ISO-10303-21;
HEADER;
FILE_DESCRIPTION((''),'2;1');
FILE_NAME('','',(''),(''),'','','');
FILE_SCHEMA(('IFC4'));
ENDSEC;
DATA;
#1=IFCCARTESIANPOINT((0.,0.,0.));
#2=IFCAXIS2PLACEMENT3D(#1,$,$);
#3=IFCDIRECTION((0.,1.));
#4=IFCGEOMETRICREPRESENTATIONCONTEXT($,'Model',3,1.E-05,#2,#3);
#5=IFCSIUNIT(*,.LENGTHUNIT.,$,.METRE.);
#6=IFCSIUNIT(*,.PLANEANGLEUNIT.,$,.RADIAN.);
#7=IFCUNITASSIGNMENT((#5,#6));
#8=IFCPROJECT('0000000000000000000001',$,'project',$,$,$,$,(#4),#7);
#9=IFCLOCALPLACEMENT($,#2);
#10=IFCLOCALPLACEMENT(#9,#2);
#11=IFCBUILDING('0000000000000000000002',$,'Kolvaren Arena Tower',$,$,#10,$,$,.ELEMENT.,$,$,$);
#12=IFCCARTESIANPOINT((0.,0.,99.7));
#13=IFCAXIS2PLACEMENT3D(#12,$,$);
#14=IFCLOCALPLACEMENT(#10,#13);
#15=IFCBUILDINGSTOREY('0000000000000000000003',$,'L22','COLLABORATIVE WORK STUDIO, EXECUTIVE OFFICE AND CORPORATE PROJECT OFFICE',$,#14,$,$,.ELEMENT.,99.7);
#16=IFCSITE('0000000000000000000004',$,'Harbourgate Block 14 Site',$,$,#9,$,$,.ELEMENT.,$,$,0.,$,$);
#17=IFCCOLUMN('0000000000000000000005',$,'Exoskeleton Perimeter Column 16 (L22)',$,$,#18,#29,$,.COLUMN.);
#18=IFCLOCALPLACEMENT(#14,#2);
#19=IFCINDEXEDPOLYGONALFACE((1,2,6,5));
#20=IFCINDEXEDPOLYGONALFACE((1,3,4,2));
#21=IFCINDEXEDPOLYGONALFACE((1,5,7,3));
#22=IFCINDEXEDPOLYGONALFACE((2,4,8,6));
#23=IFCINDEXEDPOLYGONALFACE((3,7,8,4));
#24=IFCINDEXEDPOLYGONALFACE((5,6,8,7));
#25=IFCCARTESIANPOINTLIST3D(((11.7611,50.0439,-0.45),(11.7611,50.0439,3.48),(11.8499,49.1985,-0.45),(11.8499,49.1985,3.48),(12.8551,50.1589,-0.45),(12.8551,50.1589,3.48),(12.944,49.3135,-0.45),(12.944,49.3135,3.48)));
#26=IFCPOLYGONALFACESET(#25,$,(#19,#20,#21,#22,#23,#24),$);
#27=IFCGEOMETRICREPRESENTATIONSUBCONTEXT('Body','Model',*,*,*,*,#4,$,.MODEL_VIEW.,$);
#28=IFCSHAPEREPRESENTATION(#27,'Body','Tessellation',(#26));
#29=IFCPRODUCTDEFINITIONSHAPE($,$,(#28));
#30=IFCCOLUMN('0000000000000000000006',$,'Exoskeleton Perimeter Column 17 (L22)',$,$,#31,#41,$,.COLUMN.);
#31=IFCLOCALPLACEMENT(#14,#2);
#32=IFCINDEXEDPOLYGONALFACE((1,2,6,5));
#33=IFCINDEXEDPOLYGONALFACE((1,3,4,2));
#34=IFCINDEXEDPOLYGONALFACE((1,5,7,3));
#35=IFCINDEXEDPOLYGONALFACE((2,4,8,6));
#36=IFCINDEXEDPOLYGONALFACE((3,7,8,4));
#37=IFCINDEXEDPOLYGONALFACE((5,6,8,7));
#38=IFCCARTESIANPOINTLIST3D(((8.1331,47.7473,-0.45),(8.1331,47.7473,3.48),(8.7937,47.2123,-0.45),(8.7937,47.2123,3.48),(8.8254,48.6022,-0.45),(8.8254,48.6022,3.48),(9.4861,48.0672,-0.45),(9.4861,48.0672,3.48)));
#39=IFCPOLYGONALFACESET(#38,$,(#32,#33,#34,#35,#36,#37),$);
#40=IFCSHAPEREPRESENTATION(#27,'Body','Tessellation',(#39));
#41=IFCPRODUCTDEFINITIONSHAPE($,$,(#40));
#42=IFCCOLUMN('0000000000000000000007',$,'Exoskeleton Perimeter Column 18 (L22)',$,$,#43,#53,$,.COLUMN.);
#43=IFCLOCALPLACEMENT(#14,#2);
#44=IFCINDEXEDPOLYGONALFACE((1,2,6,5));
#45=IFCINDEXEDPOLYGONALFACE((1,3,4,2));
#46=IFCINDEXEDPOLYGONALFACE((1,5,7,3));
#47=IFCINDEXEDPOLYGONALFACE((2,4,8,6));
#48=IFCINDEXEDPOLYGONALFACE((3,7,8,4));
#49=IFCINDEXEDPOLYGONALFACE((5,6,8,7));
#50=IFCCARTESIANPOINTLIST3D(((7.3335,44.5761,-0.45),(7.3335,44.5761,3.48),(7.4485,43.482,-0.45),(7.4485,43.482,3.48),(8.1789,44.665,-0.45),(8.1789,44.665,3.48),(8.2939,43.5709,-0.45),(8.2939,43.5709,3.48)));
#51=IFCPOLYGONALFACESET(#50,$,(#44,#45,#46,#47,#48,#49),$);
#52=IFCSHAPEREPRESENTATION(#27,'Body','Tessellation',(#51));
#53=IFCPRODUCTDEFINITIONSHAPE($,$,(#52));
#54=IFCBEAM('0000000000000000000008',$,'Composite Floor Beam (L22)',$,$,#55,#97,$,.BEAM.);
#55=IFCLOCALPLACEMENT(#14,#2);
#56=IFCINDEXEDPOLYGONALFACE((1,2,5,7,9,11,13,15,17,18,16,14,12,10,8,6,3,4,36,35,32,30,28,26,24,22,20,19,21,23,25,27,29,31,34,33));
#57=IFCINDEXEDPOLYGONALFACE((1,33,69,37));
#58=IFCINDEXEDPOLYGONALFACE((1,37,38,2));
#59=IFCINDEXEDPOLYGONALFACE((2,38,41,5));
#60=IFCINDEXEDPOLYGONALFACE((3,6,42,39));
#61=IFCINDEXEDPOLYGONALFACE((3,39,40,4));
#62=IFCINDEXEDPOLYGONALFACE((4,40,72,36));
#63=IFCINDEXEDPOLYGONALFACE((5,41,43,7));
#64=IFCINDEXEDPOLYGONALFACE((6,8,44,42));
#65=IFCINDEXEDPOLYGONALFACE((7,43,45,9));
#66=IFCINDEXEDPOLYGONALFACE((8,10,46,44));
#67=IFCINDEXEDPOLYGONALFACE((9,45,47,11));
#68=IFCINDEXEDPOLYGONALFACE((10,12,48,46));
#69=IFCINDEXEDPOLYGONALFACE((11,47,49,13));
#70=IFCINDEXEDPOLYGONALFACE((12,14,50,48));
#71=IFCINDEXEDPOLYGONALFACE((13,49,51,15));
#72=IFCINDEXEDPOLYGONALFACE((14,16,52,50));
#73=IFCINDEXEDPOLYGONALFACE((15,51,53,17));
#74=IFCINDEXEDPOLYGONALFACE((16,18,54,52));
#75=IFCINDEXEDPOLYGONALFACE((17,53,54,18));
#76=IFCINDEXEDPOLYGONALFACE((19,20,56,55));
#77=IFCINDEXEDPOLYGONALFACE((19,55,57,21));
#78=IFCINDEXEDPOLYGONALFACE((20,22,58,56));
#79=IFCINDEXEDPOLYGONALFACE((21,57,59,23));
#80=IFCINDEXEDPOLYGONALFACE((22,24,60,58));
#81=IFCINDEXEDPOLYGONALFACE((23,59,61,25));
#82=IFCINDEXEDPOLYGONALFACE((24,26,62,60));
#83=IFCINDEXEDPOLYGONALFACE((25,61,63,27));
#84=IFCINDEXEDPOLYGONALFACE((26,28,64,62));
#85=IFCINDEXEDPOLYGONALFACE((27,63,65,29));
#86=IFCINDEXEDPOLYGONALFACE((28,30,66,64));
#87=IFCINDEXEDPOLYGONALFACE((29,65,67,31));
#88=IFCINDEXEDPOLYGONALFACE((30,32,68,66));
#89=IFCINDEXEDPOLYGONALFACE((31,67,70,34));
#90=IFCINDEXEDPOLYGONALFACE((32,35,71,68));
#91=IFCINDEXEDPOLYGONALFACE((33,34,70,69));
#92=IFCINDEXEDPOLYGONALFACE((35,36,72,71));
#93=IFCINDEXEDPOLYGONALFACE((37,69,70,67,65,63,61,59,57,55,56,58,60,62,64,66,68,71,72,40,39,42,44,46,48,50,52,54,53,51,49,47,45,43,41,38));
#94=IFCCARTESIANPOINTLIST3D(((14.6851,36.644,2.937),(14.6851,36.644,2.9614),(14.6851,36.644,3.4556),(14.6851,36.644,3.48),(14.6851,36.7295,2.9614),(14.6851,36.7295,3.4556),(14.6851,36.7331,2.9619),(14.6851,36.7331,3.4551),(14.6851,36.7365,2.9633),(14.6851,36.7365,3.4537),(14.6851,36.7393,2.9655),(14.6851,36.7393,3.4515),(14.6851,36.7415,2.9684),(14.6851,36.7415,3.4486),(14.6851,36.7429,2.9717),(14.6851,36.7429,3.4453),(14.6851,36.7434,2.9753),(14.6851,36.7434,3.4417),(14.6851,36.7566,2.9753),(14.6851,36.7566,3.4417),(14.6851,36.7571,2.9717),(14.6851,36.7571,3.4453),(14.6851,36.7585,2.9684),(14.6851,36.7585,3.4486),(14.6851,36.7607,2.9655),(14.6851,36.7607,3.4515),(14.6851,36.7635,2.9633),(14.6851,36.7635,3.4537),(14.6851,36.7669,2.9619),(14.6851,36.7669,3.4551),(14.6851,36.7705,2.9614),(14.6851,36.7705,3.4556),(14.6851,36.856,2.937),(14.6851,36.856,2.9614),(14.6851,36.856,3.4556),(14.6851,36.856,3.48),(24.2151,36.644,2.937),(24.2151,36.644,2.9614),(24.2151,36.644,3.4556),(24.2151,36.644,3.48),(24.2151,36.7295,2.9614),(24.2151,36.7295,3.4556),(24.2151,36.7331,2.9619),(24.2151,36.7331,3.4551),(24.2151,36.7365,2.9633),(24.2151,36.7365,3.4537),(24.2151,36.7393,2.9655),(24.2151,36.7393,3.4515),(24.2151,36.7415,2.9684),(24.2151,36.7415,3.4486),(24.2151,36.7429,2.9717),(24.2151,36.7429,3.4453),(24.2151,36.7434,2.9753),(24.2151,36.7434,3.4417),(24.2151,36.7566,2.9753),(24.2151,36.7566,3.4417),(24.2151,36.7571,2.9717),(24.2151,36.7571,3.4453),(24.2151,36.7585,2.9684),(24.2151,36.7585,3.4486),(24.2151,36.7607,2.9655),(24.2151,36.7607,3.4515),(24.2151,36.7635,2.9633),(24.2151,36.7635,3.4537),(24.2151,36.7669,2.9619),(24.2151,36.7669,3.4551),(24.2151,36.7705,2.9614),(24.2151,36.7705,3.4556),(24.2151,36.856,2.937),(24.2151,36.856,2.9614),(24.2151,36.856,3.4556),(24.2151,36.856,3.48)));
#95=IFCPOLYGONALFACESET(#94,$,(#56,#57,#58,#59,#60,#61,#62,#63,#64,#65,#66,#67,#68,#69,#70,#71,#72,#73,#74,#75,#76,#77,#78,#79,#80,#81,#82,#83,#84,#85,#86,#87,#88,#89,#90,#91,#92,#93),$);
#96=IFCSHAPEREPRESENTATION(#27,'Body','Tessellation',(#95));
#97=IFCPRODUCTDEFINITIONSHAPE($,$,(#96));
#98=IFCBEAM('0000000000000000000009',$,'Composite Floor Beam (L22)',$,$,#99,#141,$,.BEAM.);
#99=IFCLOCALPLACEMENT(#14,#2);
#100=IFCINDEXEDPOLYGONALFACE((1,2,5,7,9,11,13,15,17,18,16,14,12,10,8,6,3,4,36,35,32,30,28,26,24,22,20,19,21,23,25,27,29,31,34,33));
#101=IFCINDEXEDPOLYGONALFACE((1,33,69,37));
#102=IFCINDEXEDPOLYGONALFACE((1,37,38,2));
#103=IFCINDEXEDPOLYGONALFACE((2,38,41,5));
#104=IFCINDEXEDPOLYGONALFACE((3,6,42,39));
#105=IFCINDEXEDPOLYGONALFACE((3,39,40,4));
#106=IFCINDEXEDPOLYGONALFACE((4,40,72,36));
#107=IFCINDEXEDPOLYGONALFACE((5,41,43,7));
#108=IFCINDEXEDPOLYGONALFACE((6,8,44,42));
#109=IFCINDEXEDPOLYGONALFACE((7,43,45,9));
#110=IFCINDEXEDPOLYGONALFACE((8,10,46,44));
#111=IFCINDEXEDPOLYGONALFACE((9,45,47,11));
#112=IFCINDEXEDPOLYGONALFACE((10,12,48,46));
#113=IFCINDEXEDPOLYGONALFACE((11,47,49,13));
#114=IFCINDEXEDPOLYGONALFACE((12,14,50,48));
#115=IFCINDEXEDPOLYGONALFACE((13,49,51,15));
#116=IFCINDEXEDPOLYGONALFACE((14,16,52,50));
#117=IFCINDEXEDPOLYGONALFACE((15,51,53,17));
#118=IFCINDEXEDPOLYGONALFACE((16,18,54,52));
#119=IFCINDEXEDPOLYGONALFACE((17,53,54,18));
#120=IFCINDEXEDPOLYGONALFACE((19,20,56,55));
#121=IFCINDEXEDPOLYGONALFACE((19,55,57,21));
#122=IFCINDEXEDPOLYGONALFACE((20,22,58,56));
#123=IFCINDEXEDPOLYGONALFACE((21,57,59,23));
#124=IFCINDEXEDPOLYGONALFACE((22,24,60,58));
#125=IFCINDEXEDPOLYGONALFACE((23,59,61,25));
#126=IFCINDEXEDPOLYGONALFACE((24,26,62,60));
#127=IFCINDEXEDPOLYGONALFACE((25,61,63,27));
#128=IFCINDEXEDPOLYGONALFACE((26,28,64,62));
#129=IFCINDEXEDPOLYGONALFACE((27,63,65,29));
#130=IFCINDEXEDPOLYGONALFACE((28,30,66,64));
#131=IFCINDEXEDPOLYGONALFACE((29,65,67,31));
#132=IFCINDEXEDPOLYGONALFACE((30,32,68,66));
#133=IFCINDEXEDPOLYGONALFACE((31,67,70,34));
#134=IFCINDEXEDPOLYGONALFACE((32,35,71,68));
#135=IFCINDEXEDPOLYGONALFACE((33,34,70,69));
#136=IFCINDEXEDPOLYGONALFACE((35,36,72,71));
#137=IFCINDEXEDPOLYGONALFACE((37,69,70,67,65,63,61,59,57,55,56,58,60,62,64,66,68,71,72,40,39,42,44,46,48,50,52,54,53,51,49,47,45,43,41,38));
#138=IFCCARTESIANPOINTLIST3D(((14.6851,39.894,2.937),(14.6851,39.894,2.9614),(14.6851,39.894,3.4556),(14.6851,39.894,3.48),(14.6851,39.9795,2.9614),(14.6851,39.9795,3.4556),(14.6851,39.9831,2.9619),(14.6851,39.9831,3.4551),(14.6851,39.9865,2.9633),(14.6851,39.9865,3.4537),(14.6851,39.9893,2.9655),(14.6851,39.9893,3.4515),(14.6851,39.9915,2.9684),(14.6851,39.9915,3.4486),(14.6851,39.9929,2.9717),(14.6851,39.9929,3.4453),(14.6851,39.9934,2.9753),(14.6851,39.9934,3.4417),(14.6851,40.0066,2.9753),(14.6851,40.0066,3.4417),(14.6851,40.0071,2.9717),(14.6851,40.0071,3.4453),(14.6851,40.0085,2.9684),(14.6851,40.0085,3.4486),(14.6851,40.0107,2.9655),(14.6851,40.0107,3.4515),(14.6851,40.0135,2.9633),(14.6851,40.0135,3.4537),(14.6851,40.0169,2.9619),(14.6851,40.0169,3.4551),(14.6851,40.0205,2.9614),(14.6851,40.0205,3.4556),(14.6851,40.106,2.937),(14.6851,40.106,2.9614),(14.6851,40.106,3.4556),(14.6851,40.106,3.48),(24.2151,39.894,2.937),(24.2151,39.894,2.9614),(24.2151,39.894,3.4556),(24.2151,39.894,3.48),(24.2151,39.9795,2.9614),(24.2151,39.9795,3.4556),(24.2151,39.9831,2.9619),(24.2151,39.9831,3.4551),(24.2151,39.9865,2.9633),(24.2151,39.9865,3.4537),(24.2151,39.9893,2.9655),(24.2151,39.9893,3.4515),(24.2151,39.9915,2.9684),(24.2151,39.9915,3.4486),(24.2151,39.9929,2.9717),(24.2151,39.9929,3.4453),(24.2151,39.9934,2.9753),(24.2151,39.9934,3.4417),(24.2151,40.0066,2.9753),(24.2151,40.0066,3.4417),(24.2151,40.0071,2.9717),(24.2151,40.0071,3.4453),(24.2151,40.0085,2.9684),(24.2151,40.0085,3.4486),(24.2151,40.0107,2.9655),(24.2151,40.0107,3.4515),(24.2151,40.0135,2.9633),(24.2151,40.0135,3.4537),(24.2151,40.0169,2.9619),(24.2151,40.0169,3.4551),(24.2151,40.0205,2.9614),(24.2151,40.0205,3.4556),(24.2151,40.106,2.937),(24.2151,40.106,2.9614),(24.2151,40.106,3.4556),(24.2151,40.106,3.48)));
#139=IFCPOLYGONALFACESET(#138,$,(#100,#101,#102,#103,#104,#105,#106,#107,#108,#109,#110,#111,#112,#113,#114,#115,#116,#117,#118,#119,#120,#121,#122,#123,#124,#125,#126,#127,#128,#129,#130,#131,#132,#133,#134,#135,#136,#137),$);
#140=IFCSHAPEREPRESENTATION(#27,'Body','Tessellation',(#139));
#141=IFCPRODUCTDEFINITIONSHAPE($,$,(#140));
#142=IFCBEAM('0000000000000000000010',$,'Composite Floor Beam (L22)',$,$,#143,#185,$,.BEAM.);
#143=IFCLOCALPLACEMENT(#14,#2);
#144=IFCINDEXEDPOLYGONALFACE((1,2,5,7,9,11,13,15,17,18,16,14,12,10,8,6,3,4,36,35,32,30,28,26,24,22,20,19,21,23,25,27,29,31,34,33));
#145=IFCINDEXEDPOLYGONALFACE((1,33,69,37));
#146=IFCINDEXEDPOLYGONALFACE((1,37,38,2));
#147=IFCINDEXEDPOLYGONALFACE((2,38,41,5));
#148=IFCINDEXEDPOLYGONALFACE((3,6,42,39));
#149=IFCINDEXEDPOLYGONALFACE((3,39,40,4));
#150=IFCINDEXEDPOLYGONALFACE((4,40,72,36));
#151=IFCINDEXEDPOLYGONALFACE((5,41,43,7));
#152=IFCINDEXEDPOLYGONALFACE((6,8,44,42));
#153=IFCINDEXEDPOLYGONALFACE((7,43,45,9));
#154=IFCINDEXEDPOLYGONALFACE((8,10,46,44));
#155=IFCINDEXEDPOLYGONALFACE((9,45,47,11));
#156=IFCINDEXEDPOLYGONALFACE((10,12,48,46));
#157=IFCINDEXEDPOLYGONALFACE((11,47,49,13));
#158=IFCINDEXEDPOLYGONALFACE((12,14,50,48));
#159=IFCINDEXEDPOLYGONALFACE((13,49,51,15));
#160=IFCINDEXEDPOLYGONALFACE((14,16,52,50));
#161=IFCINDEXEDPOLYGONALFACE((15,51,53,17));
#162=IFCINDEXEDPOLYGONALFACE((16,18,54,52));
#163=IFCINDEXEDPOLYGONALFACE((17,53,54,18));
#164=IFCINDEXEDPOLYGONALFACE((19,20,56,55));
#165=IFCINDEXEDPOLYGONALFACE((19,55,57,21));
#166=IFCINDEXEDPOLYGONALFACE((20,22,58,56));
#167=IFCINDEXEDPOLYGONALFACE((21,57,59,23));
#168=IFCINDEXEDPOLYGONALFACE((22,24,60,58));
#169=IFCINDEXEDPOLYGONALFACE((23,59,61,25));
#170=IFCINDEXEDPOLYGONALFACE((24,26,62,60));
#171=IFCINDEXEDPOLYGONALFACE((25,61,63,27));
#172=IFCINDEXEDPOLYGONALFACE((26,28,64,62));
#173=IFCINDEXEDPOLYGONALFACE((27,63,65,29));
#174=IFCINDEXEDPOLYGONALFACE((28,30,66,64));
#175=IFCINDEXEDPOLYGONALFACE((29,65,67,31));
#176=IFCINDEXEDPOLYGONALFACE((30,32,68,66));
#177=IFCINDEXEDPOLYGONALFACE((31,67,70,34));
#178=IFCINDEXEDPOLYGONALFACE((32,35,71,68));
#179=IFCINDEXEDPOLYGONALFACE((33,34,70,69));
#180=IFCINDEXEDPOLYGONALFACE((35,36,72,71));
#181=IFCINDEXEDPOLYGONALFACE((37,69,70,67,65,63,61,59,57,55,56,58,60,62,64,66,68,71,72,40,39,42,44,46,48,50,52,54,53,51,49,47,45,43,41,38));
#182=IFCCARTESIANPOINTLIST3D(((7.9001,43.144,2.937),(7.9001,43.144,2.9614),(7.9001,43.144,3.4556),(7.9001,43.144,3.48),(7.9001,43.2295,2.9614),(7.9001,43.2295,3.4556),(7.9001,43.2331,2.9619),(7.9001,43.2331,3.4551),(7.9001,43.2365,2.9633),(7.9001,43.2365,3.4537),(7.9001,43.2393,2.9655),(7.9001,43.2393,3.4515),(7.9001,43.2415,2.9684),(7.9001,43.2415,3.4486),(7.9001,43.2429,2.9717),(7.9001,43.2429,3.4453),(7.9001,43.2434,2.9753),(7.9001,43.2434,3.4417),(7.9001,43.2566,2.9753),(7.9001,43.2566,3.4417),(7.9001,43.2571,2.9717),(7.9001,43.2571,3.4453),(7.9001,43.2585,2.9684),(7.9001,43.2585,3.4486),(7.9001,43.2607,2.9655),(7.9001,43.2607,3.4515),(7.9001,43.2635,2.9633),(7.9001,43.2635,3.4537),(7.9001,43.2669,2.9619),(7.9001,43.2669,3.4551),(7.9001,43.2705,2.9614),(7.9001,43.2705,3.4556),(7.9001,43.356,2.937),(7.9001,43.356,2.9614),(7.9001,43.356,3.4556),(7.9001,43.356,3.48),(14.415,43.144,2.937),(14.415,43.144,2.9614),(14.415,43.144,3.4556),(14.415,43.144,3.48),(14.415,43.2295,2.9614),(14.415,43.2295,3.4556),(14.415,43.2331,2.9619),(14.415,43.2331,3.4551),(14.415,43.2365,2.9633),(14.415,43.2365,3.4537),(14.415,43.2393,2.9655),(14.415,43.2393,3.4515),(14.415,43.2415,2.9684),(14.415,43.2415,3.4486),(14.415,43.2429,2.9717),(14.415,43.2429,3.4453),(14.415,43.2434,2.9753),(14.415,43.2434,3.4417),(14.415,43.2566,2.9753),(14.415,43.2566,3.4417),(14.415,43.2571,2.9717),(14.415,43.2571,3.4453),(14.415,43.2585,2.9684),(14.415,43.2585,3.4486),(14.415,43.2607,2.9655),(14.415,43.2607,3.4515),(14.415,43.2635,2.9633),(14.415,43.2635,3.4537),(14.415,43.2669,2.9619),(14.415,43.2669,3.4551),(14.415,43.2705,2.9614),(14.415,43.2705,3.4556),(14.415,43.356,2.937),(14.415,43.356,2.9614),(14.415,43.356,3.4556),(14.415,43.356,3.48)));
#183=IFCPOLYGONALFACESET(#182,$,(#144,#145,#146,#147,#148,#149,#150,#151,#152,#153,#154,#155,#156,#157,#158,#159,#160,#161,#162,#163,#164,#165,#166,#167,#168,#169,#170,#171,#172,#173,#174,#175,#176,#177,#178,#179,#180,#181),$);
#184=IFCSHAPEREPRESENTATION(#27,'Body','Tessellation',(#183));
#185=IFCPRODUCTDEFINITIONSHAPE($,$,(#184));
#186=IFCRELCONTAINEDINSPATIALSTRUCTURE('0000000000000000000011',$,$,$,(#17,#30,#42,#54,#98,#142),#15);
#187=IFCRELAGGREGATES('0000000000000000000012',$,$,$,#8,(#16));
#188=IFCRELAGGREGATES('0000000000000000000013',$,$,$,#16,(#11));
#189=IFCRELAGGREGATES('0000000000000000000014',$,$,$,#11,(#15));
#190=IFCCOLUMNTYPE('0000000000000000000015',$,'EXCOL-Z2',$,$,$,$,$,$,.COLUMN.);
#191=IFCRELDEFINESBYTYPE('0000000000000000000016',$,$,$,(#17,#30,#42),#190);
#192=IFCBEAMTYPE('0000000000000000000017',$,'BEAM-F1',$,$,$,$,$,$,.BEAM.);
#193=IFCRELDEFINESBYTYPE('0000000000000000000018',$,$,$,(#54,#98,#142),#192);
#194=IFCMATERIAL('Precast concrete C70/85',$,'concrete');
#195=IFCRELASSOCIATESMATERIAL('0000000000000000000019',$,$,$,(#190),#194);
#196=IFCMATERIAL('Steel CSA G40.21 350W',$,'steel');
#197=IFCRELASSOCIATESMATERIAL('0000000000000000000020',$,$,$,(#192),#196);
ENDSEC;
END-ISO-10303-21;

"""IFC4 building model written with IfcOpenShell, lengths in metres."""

from ifc_helpers import new_model, si_unit, direction, frame, origin, origin_2d, place, context, subcontext, project, spatial, rectangle, i_section, extrude, material, material_profile, profile_set, type_object, element, save


model = new_model("IFC4")

# Units and contexts
model_context = context("Model", 3, precision=1e-05, world=origin(), true_north=direction((0.0, 1.0)))
body_context = subcontext(model_context, "Body", "Model", "MODEL_VIEW")
ifc_project = project(units=[si_unit("LENGTHUNIT", "METRE"), si_unit("PLANEANGLEUNIT", "RADIAN")], contexts=[model_context])

# Site, building, storey
site_placement = place(None, origin())
site = spatial("IfcSite", under=ifc_project, at=site_placement, Name="Harbourgate Block 14 Site", CompositionType="ELEMENT", RefElevation=0.0)
building_placement = place(site_placement, origin())
building = spatial("IfcBuilding", under=site, at=building_placement, Name="Kolvaren Arena Tower", CompositionType="ELEMENT")
storey_placement = place(building_placement, frame((0.0, 0.0, 99.7)))
storey = spatial("IfcBuildingStorey", under=building, at=storey_placement, Name="L22", Description="COLLABORATIVE WORK STUDIO, EXECUTIVE OFFICE AND CORPORATE PROJECT OFFICE", CompositionType="ELEMENT", Elevation=99.7)

# Columns
ifc_material_1 = material(Name="Precast concrete C70/85", Category="concrete")
ifc_material_profile_1 = material_profile(ifc_material_1, rectangle(XDim=1.1001, YDim=0.8501, at=origin_2d()), Name="RC-1100x850")
ifc_profile_set_1 = profile_set([ifc_material_profile_1], Name="Precast concrete C70/85")
column_type = type_object("IfcColumnType", Name="EXCOL-Z2", PredefinedType="COLUMN", material=ifc_profile_set_1)
for number, where, z_axis, x_axis, name in (
    (1, (12.3525, 49.6787, -0.45), (0.0, 0.0, 1.0), (0.994522, 0.104528, 0.0), "Exoskeleton Perimeter Column 16 (L22)"),
    (2, (8.8096, 47.9072, -0.45), (0.0, 0.0, 1.0), (0.62932, 0.777146, 0.0), "Exoskeleton Perimeter Column 17 (L22)"),
    (3, (7.8137, 44.0735, -0.45), (0.0, 0.0, 1.0), (-0.104528, 0.994522, 0.0), "Exoskeleton Perimeter Column 18 (L22)"),
):
    element("IfcColumn", number, at=place(storey_placement, frame(where, z_axis=z_axis, x_axis=x_axis)), inside=storey, type_object=column_type, Name=name, PredefinedType="COLUMN", context=body_context, shape_type="SweptSolid", body=[
        extrude(rectangle(XDim=1.1001, YDim=0.8501, at=origin_2d()), origin(), (0.0, 0.0, 1.0), 3.9299),
    ])

# Beams
ifc_material_2 = material(Name="Steel CSA G40.21 350W", Category="steel")
ifc_material_profile_2 = material_profile(ifc_material_2, i_section(OverallWidth=0.2119, OverallDepth=0.543, WebThickness=0.0132, FlangeThickness=0.0244, FilletRadius=0.0139, at=origin_2d()), Name="W530x150")
ifc_profile_set_2 = profile_set([ifc_material_profile_2], Name="Steel CSA G40.21 350W")
beam_type_1 = type_object("IfcBeamType", Name="BEAM-F1", PredefinedType="BEAM", material=ifc_profile_set_2)
for number, where, z_axis, x_axis, name in (
    (4, (14.6851, 36.75, 3.2085), (1.0, 0.0, 0.0), (0.0, 1.0, 0.0), "Composite Floor Beam (L22)"),
    (5, (14.6851, 40.0, 3.2085), (1.0, 0.0, 0.0), (0.0, 1.0, 0.0), "Composite Floor Beam (L22)"),
):
    element("IfcBeam", number, at=place(storey_placement, frame(where, z_axis=z_axis, x_axis=x_axis)), inside=storey, type_object=beam_type_1, Name=name, PredefinedType="BEAM", context=body_context, shape_type="SweptSolid", body=[
        extrude(i_section(OverallWidth=0.2119, OverallDepth=0.543, WebThickness=0.0132, FlangeThickness=0.0244, FilletRadius=0.0139, at=origin_2d()), origin(), (0.0, 0.0, 1.0), 9.53),
    ])
beam_1_placement = place(storey_placement, frame((7.9001, 43.25, 3.2085), z_axis=(1.0, 0.0, 0.0), x_axis=(0.0, 1.0, 0.0)))
element("IfcBeam", 6, at=beam_1_placement, inside=storey, type_object=beam_type_1, Name="Composite Floor Beam (L22)", PredefinedType="BEAM", context=body_context, shape_type="SweptSolid", body=[
    extrude(i_section(OverallWidth=0.2119, OverallDepth=0.543, WebThickness=0.0132, FlangeThickness=0.0244, FilletRadius=0.0139, at=origin_2d()), origin(), (0.0, 0.0, 1.0), 6.5149),
])

save(model, "model.ifc")
